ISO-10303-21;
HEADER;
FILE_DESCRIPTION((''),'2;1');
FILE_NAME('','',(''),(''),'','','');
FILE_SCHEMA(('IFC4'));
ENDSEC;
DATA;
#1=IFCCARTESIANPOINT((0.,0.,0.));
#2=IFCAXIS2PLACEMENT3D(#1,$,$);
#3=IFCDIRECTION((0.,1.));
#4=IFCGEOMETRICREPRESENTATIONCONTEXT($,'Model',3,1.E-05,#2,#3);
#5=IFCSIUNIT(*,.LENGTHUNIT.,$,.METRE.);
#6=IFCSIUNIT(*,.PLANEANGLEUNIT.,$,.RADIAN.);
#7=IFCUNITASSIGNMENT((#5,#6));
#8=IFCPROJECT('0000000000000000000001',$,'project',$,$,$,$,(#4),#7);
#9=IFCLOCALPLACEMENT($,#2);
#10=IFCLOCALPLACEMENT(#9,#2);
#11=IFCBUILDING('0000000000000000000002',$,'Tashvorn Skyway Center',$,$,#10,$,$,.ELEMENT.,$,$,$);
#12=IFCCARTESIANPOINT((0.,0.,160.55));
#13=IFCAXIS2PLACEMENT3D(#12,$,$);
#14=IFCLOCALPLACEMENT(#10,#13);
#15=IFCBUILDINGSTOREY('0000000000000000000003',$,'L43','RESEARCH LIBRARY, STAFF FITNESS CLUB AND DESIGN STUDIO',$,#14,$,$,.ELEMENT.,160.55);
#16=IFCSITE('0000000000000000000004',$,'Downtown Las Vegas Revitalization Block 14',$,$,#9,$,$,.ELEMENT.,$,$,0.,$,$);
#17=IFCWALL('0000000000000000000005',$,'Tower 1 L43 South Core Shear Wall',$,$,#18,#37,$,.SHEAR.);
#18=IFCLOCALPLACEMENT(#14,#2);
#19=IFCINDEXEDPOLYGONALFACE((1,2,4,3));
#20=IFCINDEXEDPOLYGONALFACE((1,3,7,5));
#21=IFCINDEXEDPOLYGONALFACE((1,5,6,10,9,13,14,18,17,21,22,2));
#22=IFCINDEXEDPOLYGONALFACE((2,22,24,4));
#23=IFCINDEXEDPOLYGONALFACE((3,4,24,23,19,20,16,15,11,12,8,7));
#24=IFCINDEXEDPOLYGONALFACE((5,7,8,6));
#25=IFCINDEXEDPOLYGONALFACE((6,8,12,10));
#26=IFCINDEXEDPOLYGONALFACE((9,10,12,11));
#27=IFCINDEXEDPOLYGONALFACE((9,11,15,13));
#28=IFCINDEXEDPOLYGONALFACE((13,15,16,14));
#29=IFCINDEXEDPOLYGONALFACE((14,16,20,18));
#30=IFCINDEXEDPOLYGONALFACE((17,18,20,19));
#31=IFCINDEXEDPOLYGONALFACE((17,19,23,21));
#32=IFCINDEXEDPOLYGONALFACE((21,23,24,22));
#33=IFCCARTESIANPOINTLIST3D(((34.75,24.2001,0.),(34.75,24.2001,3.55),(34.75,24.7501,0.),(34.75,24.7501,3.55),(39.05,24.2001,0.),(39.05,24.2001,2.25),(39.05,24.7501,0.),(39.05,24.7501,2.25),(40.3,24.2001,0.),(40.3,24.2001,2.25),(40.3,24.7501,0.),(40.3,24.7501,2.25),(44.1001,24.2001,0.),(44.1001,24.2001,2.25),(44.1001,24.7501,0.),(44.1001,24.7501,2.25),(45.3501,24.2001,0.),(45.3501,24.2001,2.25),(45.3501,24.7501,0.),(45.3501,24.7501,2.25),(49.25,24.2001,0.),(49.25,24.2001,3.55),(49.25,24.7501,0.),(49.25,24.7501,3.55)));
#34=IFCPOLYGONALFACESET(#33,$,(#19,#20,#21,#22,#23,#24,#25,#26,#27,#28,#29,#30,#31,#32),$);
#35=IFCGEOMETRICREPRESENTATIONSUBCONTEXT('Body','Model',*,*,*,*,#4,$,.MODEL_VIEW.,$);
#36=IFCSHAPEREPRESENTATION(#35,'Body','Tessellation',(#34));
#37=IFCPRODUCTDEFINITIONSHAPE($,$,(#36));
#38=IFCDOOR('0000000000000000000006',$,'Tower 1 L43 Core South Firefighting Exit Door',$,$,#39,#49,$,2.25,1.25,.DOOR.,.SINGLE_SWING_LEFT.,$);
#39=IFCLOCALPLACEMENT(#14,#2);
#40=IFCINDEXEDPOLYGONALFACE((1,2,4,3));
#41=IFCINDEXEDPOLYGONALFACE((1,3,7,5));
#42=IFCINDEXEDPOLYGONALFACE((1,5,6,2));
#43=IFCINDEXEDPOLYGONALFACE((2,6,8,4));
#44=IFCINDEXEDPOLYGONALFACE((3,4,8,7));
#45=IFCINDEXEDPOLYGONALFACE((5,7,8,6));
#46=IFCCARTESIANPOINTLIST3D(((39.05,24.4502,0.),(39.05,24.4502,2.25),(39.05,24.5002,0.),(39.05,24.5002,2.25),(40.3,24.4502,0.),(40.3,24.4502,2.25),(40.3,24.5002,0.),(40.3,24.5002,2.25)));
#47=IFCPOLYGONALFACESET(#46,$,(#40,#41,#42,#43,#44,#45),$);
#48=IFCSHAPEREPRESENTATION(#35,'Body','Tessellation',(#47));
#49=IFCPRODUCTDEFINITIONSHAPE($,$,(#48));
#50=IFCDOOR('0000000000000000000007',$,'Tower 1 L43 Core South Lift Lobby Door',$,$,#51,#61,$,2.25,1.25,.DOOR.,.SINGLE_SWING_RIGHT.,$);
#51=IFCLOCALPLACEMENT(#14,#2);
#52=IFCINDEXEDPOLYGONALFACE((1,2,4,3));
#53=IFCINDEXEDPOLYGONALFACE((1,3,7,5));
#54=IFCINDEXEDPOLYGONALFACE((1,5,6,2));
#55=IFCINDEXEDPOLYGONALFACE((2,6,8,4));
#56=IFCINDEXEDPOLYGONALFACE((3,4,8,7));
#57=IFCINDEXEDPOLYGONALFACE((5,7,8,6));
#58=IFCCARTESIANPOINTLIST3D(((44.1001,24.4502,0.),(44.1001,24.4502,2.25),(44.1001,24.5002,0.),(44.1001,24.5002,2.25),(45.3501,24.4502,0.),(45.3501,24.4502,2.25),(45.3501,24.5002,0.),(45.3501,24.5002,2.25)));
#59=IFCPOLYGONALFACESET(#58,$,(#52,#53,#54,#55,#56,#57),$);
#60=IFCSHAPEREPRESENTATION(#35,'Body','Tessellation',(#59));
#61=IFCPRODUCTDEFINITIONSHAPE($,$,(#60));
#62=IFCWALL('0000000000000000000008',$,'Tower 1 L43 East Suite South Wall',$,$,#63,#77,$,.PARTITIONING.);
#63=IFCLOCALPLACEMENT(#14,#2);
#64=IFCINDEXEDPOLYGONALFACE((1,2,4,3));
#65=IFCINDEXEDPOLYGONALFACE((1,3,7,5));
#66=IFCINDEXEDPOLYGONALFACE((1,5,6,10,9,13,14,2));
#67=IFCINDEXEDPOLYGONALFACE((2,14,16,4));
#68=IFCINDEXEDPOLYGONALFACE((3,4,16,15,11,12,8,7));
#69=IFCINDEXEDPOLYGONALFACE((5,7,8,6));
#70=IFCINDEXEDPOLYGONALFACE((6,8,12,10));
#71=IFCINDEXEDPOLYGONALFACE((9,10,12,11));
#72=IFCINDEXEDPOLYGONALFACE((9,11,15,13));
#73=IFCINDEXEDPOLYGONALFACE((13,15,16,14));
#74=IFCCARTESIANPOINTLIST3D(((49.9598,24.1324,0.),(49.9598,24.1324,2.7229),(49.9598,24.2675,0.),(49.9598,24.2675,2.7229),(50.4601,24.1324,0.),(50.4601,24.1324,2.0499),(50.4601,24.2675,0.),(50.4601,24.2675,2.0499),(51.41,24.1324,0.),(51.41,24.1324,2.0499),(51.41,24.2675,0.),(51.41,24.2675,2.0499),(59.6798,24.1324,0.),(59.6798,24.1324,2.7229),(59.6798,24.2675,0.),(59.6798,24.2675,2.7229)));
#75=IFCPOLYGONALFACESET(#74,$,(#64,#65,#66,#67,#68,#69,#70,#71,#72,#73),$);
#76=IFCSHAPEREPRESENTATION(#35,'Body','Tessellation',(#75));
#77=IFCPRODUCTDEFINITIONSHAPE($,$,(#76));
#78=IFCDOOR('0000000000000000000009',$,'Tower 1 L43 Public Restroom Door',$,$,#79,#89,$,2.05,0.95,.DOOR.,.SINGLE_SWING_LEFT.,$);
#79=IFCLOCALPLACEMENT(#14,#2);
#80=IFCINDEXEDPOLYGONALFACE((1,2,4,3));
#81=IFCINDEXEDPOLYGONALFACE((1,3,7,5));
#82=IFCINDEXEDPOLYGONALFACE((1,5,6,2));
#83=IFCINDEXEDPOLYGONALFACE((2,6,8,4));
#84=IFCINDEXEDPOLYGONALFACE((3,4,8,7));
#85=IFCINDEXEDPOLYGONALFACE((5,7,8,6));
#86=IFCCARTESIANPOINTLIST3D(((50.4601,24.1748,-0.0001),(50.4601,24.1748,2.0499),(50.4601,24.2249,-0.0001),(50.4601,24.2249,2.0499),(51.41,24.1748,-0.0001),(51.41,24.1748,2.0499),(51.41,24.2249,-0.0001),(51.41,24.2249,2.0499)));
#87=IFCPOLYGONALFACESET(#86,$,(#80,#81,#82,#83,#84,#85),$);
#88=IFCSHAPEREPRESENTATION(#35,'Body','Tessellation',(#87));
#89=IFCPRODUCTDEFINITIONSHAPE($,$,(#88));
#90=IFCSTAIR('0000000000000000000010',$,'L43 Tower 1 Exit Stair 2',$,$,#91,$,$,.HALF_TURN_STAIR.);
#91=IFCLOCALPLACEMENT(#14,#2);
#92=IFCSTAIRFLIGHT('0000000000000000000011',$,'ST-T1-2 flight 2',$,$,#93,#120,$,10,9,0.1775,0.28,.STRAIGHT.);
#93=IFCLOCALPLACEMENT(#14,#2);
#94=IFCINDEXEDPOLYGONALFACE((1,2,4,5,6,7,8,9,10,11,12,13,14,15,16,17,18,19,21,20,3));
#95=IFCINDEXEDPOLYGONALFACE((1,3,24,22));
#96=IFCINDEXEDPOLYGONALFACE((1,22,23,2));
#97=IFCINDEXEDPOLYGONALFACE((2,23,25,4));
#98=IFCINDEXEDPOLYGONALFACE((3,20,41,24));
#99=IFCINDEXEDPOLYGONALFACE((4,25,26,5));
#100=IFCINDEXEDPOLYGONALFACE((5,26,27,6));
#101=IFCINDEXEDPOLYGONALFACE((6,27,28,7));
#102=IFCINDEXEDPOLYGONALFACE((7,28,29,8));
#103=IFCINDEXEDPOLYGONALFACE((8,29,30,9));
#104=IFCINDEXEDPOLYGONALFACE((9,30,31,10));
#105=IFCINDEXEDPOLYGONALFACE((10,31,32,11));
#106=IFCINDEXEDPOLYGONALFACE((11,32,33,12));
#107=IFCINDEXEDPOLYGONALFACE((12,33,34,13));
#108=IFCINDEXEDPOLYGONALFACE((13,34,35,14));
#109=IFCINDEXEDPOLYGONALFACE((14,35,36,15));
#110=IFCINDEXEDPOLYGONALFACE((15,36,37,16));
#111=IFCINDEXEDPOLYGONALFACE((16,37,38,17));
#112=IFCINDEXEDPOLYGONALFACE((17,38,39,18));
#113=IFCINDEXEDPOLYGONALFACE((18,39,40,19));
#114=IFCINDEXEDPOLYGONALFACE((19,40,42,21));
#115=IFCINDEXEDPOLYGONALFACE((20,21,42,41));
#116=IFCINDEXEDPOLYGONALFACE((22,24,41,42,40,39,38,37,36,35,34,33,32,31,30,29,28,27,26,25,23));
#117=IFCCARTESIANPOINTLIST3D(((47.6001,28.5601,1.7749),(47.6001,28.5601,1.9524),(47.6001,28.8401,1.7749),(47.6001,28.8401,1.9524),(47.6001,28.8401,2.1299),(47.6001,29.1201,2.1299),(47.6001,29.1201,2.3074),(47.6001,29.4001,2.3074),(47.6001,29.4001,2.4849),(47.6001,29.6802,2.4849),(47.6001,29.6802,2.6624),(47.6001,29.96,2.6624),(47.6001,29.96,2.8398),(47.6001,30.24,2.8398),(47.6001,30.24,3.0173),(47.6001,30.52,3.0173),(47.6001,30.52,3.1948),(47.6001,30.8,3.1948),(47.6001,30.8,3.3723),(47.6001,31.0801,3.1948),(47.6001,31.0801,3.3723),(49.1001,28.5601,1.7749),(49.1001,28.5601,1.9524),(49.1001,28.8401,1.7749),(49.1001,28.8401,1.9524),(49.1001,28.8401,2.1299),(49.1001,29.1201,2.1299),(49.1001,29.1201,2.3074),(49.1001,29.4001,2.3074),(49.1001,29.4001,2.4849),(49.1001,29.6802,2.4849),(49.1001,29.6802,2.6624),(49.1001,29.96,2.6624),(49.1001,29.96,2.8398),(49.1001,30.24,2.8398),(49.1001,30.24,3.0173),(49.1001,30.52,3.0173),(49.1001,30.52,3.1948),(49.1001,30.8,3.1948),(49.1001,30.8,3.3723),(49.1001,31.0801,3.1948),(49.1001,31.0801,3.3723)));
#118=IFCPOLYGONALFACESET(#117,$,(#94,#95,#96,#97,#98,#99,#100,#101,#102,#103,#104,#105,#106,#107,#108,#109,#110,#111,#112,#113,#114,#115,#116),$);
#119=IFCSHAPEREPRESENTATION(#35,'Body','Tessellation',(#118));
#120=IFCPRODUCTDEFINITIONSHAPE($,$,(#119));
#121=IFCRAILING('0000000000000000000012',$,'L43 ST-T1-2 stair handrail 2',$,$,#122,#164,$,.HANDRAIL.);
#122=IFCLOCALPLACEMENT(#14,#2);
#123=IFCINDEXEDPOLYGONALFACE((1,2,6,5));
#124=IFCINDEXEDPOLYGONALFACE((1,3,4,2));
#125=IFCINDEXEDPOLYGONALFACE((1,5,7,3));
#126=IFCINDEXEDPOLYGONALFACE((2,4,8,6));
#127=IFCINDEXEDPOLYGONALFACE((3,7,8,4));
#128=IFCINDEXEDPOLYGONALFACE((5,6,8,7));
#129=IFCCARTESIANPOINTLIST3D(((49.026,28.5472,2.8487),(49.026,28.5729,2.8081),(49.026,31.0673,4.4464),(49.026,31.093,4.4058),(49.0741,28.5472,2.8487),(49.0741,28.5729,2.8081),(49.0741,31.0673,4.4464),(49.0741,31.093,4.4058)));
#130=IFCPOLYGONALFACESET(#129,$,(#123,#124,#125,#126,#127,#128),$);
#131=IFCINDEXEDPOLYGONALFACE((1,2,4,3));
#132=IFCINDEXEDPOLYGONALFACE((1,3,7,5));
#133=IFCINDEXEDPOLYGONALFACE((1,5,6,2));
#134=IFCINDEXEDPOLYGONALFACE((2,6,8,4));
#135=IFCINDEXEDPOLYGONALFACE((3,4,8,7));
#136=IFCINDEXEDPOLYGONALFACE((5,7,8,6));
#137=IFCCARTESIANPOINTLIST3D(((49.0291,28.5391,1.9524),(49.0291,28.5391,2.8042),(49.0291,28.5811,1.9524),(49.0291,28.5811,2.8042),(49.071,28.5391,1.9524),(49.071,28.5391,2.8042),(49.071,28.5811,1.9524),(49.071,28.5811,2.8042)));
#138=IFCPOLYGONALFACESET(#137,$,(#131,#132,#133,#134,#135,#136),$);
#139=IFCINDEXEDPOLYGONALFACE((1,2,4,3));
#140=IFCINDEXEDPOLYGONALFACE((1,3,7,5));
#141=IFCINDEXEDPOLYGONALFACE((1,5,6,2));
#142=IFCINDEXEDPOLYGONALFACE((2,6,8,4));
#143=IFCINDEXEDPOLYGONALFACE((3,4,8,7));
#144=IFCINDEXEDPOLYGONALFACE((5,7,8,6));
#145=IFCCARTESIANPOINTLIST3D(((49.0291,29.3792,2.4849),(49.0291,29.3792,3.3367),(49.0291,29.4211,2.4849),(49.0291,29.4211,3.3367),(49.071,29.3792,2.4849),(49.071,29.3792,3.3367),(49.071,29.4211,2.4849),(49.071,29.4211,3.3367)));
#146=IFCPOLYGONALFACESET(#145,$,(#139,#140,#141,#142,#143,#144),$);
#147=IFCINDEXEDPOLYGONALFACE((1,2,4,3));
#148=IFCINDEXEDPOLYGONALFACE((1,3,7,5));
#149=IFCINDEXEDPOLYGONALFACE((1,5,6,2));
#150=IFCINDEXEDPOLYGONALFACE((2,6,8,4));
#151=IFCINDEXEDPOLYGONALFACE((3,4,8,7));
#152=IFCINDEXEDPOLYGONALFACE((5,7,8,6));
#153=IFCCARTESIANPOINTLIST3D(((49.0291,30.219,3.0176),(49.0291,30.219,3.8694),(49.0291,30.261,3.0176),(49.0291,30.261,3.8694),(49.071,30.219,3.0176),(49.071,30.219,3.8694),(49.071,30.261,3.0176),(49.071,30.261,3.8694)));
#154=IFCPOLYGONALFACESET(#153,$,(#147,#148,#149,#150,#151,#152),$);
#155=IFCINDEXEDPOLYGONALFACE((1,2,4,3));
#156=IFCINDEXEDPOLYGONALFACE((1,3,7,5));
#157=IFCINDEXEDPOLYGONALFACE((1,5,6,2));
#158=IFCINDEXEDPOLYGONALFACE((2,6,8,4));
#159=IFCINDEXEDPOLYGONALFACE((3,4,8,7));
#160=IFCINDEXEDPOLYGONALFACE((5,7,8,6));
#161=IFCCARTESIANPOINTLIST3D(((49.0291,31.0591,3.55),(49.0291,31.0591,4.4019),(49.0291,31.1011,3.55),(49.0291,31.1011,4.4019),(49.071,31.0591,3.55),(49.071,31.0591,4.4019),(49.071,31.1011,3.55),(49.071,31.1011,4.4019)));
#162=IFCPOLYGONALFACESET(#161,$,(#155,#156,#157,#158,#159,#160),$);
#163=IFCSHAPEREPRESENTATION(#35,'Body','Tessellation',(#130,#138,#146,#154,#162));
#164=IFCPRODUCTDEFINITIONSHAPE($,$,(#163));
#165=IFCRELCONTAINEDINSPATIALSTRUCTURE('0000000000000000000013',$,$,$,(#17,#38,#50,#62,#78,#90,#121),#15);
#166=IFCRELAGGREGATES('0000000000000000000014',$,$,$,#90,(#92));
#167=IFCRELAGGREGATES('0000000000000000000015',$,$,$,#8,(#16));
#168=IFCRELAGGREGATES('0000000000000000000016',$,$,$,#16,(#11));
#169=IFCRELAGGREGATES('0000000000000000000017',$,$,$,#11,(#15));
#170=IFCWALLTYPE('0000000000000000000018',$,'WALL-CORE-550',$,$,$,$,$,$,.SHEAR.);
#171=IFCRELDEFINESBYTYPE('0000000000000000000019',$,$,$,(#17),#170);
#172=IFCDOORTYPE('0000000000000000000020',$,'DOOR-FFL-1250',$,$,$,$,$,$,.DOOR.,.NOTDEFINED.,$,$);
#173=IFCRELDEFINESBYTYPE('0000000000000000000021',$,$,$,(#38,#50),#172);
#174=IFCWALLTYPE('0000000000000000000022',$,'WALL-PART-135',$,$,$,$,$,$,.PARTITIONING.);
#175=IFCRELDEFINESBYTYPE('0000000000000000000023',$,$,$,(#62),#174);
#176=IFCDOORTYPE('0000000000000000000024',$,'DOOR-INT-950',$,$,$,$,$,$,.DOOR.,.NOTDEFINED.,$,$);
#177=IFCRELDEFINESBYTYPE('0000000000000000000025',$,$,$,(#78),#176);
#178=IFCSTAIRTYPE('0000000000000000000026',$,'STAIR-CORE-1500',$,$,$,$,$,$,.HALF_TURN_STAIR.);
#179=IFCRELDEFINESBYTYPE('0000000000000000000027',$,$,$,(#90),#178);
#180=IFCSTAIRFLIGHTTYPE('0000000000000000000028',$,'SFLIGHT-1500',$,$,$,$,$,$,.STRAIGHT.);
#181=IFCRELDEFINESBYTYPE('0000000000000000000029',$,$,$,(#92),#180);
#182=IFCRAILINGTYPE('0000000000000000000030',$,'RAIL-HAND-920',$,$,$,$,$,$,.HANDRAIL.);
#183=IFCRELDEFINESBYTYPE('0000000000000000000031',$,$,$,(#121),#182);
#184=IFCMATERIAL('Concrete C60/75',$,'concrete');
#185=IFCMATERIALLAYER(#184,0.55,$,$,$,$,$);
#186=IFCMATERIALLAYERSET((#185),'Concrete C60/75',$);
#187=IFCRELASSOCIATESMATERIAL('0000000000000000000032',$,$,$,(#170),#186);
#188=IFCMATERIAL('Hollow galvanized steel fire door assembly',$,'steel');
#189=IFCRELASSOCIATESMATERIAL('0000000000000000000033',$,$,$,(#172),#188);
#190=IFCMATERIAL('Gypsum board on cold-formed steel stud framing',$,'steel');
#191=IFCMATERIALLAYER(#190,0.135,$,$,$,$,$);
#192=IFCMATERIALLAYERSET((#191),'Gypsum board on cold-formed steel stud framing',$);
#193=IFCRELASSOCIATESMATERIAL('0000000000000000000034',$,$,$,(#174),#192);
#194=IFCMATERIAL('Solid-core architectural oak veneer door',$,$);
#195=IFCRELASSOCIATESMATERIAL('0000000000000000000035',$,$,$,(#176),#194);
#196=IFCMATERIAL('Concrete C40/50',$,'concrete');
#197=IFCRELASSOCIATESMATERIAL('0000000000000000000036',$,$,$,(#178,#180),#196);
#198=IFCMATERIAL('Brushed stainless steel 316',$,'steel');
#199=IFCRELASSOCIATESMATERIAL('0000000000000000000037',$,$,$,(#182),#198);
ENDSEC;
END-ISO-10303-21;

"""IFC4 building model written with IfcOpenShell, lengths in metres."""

from ifc_helpers import new_model, si_unit, direction, frame, frame_2d, origin, origin_2d, place, context, subcontext, project, spatial, polyline, rectangle, outline, extrude, material, layer, layer_set, type_object, element, fill, aggregate, save


model = new_model("IFC4")

# Units and contexts
model_context = context("Model", 3, precision=1e-05, world=origin(), true_north=direction((0.0, 1.0)))
body_context = subcontext(model_context, "Body", "Model", "MODEL_VIEW")
ifc_project = project(units=[si_unit("LENGTHUNIT", "METRE"), si_unit("PLANEANGLEUNIT", "RADIAN")], contexts=[model_context])

# Site, building, storey
site_placement = place(None, origin())
site = spatial("IfcSite", under=ifc_project, at=site_placement, Name="Downtown Las Vegas Revitalization Block 14", CompositionType="ELEMENT", RefElevation=0.0)
building_placement = place(site_placement, origin())
building = spatial("IfcBuilding", under=site, at=building_placement, Name="Tashvorn Skyway Center", CompositionType="ELEMENT")
storey_placement = place(building_placement, frame((0.0, 0.0, 160.55)))
storey = spatial("IfcBuildingStorey", under=building, at=storey_placement, Name="L43", Description="RESEARCH LIBRARY, STAFF FITNESS CLUB AND DESIGN STUDIO", CompositionType="ELEMENT", Elevation=160.55)

# Wall, openings, doors
ifc_material_1 = material(Name="Concrete C60/75", Category="concrete")
ifc_layer_1 = layer(ifc_material_1, 0.55)
ifc_layer_set_1 = layer_set([ifc_layer_1], Name="Concrete C60/75")
wall_type_1 = type_object("IfcWallType", Name="WALL-CORE-550", PredefinedType="SHEAR", material=ifc_layer_set_1)
wall_1_placement = place(storey_placement, frame((49.25, 24.4751, 0.0), z_axis=(0.0, 0.0, 1.0), x_axis=(-1.0, 0.0, 0.0)))
wall_1 = element("IfcWall", 1, at=wall_1_placement, inside=storey, type_object=wall_type_1, Name="Tower 1 L43 South Core Shear Wall", PredefinedType="SHEAR", context=body_context, shape_type="SweptSolid", body=[
    extrude(rectangle(XDim=14.5, YDim=0.55, at=frame_2d((7.25, 0.0))), origin(), (0.0, 0.0, 1.0), 3.55),
])
opening_1_placement = place(wall_1_placement, frame((8.95, 0.0, 0.0)))
opening_1 = element("IfcOpeningElement", 2, at=opening_1_placement, cuts=wall_1, PredefinedType="OPENING", context=body_context, shape_type="SweptSolid", body=[
    extrude(rectangle(XDim=1.25, YDim=2.25, at=frame_2d((0.625, 1.125))), frame((0.0, 0.2849, 0.0), z_axis=(0.0, -1.0, 0.0), x_axis=(1.0, 0.0, 0.0)), (0.0, 0.0, 1.0), 0.5701),
])
opening_2_placement = place(wall_1_placement, frame((3.8999, 0.0, 0.0)))
opening_2 = element("IfcOpeningElement", 3, at=opening_2_placement, cuts=wall_1, PredefinedType="OPENING", context=body_context, shape_type="SweptSolid", body=[
    extrude(rectangle(XDim=1.25, YDim=2.25, at=frame_2d((0.625, 1.125))), frame((0.0, 0.2849, 0.0), z_axis=(0.0, -1.0, 0.0), x_axis=(1.0, 0.0, 0.0)), (0.0, 0.0, 1.0), 0.5701),
])
ifc_material_2 = material(Name="Hollow galvanized steel fire door assembly", Category="steel")
door_type_1 = type_object("IfcDoorType", Name="DOOR-FFL-1250", OperationType="NOTDEFINED", PredefinedType="DOOR", material=ifc_material_2)
door_1_placement = place(opening_1_placement, origin())
door_1 = element("IfcDoor", 4, at=door_1_placement, inside=storey, type_object=door_type_1, Name="Tower 1 L43 Core South Firefighting Exit Door", OperationType="SINGLE_SWING_LEFT", OverallHeight=2.25, OverallWidth=1.25, PredefinedType="DOOR", context=body_context, shape_type="SweptSolid", body=[
    extrude(rectangle(XDim=1.25, YDim=2.25, at=frame_2d((0.625, 1.125))), frame((0.0, 0.0249, 0.0), z_axis=(0.0, -1.0, 0.0), x_axis=(1.0, 0.0, 0.0)), (0.0, 0.0, 1.0), 0.05),
])
fill(opening_1, door_1)
door_2_placement = place(opening_2_placement, origin())
door_2 = element("IfcDoor", 5, at=door_2_placement, inside=storey, type_object=door_type_1, Name="Tower 1 L43 Core South Lift Lobby Door", OperationType="SINGLE_SWING_RIGHT", OverallHeight=2.25, OverallWidth=1.25, PredefinedType="DOOR", context=body_context, shape_type="SweptSolid", body=[
    extrude(rectangle(XDim=1.25, YDim=2.25, at=frame_2d((0.625, 1.125))), frame((0.0, 0.0249, 0.0), z_axis=(0.0, -1.0, 0.0), x_axis=(1.0, 0.0, 0.0)), (0.0, 0.0, 1.0), 0.05),
])
fill(opening_2, door_2)

# Wall, opening, door
ifc_material_3 = material(Name="Gypsum board on cold-formed steel stud framing", Category="steel")
ifc_layer_2 = layer(ifc_material_3, 0.135)
ifc_layer_set_2 = layer_set([ifc_layer_2], Name="Gypsum board on cold-formed steel stud framing")
wall_type_2 = type_object("IfcWallType", Name="WALL-PART-135", PredefinedType="PARTITIONING", material=ifc_layer_set_2)
wall_2_placement = place(storey_placement, frame((49.96, 24.2, 0.0), z_axis=(0.0, 0.0, 1.0), x_axis=(1.0, 0.0, 0.0)))
wall_2 = element("IfcWall", 6, at=wall_2_placement, inside=storey, type_object=wall_type_2, Name="Tower 1 L43 East Suite South Wall", PredefinedType="PARTITIONING", context=body_context, shape_type="SweptSolid", body=[
    extrude(rectangle(XDim=9.72, YDim=0.135, at=frame_2d((4.8599, 0.0))), origin(), (0.0, 0.0, 1.0), 2.7229),
])
opening_3_placement = place(wall_2_placement, frame((0.5, 0.0, 0.0)))
opening_3 = element("IfcOpeningElement", 7, at=opening_3_placement, cuts=wall_2, PredefinedType="OPENING", context=body_context, shape_type="SweptSolid", body=[
    extrude(rectangle(XDim=0.95, YDim=2.05, at=frame_2d((0.4751, 1.0249))), frame((0.0, 0.0774, 0.0), z_axis=(0.0, -1.0, 0.0), x_axis=(1.0, 0.0, 0.0)), (0.0, 0.0, 1.0), 0.155),
])
ifc_material_4 = material(Name="Solid-core architectural oak veneer door")
door_type_2 = type_object("IfcDoorType", Name="DOOR-INT-950", OperationType="NOTDEFINED", PredefinedType="DOOR", material=ifc_material_4)
door_3_placement = place(opening_3_placement, origin())
door_3 = element("IfcDoor", 8, at=door_3_placement, inside=storey, type_object=door_type_2, Name="Tower 1 L43 Public Restroom Door", OperationType="SINGLE_SWING_LEFT", OverallHeight=2.05, OverallWidth=0.95, PredefinedType="DOOR", context=body_context, shape_type="SweptSolid", body=[
    extrude(rectangle(XDim=0.95, YDim=2.05, at=frame_2d((0.4751, 1.0249))), frame((0.0, 0.0249, 0.0), z_axis=(0.0, -1.0, 0.0), x_axis=(1.0, 0.0, 0.0)), (0.0, 0.0, 1.0), 0.05),
])
fill(opening_3, door_3)

# Stair, stair flight
ifc_material_5 = material(Name="Concrete C40/50", Category="concrete")
stair_type = type_object("IfcStairType", Name="STAIR-CORE-1500", PredefinedType="HALF_TURN_STAIR", material=ifc_material_5)
stair_placement = place(storey_placement, origin())
stair = element("IfcStair", 9, at=stair_placement, inside=storey, type_object=stair_type, Name="L43 Tower 1 Exit Stair 2", PredefinedType="HALF_TURN_STAIR")
stair_flight_type = type_object("IfcStairFlightType", Name="SFLIGHT-1500", PredefinedType="STRAIGHT", material=ifc_material_5)
stair_flight_placement = place(storey_placement, frame((48.3501, 28.5601, 1.7749), z_axis=(0.0, 0.0, 1.0), x_axis=(0.0, 1.0, 0.0)))
stair_flight = element("IfcStairFlight", 10, at=stair_flight_placement, type_object=stair_flight_type, Name="ST-T1-2 flight 2", NumberOfRisers=10, NumberOfTreads=9, PredefinedType="STRAIGHT", RiserHeight=0.1775, TreadLength=0.28, context=body_context, shape_type="SweptSolid", body=[
    extrude(outline(polyline([(0.0, 0.0), (0.0, 0.1775), (0.28, 0.1775), (0.28, 0.355), (0.5601, 0.355), (0.5601, 0.5325), (0.8401, 0.5325), (0.8401, 0.71), (1.1201, 0.71), (1.1201, 0.8875), (1.3999, 0.8875), (1.3999, 1.0649), (1.6799, 1.0649), (1.6799, 1.2424), (1.96, 1.2424), (1.96, 1.4199), (2.24, 1.4199), (2.24, 1.5974), (2.52, 1.5974), (2.52, 1.7749), (2.52, 1.4199), (0.28, 0.0), (0.0, 0.0)])), frame((0.0, 0.75, 0.0), z_axis=(0.0, -1.0, 0.0), x_axis=(1.0, 0.0, 0.0)), (0.0, 0.0, 1.0), 1.5),
])
aggregate(stair, [stair_flight])

# Railing
ifc_material_6 = material(Name="Brushed stainless steel 316", Category="steel")
railing_type_1 = type_object("IfcRailingType", Name="RAIL-HAND-920", PredefinedType="HANDRAIL", material=ifc_material_6)
railing_1_placement = place(storey_placement, frame((49.05, 28.5601, 1.9524)))
element("IfcRailing", 11, at=railing_1_placement, inside=storey, type_object=railing_type_1, Name="L43 ST-T1-2 stair handrail 2", PredefinedType="HANDRAIL", context=body_context, shape_type="SweptSolid", body=[
    extrude(rectangle(XDim=0.0481, YDim=0.0481, at=origin_2d()), frame((0.0, 0.0, 0.876), z_axis=(0.0, 0.84457, 0.535445), x_axis=(-1.0, 0.0, 0.0)), (0.0, 0.0, 1.0), 2.9839),
    extrude(rectangle(XDim=0.042, YDim=0.042, at=origin_2d()), origin(), (0.0, 0.0, 1.0), 0.8518),
    extrude(rectangle(XDim=0.042, YDim=0.042, at=origin_2d()), frame((0.0, 0.8401, 0.5325)), (0.0, 0.0, 1.0), 0.8518),
    extrude(rectangle(XDim=0.042, YDim=0.042, at=origin_2d()), frame((0.0, 1.6799, 1.0652)), (0.0, 0.0, 1.0), 0.8518),
    extrude(rectangle(XDim=0.042, YDim=0.042, at=origin_2d()), frame((0.0, 2.52, 1.5977)), (0.0, 0.0, 1.0), 0.8518),
])

save(model, "model.ifc")
